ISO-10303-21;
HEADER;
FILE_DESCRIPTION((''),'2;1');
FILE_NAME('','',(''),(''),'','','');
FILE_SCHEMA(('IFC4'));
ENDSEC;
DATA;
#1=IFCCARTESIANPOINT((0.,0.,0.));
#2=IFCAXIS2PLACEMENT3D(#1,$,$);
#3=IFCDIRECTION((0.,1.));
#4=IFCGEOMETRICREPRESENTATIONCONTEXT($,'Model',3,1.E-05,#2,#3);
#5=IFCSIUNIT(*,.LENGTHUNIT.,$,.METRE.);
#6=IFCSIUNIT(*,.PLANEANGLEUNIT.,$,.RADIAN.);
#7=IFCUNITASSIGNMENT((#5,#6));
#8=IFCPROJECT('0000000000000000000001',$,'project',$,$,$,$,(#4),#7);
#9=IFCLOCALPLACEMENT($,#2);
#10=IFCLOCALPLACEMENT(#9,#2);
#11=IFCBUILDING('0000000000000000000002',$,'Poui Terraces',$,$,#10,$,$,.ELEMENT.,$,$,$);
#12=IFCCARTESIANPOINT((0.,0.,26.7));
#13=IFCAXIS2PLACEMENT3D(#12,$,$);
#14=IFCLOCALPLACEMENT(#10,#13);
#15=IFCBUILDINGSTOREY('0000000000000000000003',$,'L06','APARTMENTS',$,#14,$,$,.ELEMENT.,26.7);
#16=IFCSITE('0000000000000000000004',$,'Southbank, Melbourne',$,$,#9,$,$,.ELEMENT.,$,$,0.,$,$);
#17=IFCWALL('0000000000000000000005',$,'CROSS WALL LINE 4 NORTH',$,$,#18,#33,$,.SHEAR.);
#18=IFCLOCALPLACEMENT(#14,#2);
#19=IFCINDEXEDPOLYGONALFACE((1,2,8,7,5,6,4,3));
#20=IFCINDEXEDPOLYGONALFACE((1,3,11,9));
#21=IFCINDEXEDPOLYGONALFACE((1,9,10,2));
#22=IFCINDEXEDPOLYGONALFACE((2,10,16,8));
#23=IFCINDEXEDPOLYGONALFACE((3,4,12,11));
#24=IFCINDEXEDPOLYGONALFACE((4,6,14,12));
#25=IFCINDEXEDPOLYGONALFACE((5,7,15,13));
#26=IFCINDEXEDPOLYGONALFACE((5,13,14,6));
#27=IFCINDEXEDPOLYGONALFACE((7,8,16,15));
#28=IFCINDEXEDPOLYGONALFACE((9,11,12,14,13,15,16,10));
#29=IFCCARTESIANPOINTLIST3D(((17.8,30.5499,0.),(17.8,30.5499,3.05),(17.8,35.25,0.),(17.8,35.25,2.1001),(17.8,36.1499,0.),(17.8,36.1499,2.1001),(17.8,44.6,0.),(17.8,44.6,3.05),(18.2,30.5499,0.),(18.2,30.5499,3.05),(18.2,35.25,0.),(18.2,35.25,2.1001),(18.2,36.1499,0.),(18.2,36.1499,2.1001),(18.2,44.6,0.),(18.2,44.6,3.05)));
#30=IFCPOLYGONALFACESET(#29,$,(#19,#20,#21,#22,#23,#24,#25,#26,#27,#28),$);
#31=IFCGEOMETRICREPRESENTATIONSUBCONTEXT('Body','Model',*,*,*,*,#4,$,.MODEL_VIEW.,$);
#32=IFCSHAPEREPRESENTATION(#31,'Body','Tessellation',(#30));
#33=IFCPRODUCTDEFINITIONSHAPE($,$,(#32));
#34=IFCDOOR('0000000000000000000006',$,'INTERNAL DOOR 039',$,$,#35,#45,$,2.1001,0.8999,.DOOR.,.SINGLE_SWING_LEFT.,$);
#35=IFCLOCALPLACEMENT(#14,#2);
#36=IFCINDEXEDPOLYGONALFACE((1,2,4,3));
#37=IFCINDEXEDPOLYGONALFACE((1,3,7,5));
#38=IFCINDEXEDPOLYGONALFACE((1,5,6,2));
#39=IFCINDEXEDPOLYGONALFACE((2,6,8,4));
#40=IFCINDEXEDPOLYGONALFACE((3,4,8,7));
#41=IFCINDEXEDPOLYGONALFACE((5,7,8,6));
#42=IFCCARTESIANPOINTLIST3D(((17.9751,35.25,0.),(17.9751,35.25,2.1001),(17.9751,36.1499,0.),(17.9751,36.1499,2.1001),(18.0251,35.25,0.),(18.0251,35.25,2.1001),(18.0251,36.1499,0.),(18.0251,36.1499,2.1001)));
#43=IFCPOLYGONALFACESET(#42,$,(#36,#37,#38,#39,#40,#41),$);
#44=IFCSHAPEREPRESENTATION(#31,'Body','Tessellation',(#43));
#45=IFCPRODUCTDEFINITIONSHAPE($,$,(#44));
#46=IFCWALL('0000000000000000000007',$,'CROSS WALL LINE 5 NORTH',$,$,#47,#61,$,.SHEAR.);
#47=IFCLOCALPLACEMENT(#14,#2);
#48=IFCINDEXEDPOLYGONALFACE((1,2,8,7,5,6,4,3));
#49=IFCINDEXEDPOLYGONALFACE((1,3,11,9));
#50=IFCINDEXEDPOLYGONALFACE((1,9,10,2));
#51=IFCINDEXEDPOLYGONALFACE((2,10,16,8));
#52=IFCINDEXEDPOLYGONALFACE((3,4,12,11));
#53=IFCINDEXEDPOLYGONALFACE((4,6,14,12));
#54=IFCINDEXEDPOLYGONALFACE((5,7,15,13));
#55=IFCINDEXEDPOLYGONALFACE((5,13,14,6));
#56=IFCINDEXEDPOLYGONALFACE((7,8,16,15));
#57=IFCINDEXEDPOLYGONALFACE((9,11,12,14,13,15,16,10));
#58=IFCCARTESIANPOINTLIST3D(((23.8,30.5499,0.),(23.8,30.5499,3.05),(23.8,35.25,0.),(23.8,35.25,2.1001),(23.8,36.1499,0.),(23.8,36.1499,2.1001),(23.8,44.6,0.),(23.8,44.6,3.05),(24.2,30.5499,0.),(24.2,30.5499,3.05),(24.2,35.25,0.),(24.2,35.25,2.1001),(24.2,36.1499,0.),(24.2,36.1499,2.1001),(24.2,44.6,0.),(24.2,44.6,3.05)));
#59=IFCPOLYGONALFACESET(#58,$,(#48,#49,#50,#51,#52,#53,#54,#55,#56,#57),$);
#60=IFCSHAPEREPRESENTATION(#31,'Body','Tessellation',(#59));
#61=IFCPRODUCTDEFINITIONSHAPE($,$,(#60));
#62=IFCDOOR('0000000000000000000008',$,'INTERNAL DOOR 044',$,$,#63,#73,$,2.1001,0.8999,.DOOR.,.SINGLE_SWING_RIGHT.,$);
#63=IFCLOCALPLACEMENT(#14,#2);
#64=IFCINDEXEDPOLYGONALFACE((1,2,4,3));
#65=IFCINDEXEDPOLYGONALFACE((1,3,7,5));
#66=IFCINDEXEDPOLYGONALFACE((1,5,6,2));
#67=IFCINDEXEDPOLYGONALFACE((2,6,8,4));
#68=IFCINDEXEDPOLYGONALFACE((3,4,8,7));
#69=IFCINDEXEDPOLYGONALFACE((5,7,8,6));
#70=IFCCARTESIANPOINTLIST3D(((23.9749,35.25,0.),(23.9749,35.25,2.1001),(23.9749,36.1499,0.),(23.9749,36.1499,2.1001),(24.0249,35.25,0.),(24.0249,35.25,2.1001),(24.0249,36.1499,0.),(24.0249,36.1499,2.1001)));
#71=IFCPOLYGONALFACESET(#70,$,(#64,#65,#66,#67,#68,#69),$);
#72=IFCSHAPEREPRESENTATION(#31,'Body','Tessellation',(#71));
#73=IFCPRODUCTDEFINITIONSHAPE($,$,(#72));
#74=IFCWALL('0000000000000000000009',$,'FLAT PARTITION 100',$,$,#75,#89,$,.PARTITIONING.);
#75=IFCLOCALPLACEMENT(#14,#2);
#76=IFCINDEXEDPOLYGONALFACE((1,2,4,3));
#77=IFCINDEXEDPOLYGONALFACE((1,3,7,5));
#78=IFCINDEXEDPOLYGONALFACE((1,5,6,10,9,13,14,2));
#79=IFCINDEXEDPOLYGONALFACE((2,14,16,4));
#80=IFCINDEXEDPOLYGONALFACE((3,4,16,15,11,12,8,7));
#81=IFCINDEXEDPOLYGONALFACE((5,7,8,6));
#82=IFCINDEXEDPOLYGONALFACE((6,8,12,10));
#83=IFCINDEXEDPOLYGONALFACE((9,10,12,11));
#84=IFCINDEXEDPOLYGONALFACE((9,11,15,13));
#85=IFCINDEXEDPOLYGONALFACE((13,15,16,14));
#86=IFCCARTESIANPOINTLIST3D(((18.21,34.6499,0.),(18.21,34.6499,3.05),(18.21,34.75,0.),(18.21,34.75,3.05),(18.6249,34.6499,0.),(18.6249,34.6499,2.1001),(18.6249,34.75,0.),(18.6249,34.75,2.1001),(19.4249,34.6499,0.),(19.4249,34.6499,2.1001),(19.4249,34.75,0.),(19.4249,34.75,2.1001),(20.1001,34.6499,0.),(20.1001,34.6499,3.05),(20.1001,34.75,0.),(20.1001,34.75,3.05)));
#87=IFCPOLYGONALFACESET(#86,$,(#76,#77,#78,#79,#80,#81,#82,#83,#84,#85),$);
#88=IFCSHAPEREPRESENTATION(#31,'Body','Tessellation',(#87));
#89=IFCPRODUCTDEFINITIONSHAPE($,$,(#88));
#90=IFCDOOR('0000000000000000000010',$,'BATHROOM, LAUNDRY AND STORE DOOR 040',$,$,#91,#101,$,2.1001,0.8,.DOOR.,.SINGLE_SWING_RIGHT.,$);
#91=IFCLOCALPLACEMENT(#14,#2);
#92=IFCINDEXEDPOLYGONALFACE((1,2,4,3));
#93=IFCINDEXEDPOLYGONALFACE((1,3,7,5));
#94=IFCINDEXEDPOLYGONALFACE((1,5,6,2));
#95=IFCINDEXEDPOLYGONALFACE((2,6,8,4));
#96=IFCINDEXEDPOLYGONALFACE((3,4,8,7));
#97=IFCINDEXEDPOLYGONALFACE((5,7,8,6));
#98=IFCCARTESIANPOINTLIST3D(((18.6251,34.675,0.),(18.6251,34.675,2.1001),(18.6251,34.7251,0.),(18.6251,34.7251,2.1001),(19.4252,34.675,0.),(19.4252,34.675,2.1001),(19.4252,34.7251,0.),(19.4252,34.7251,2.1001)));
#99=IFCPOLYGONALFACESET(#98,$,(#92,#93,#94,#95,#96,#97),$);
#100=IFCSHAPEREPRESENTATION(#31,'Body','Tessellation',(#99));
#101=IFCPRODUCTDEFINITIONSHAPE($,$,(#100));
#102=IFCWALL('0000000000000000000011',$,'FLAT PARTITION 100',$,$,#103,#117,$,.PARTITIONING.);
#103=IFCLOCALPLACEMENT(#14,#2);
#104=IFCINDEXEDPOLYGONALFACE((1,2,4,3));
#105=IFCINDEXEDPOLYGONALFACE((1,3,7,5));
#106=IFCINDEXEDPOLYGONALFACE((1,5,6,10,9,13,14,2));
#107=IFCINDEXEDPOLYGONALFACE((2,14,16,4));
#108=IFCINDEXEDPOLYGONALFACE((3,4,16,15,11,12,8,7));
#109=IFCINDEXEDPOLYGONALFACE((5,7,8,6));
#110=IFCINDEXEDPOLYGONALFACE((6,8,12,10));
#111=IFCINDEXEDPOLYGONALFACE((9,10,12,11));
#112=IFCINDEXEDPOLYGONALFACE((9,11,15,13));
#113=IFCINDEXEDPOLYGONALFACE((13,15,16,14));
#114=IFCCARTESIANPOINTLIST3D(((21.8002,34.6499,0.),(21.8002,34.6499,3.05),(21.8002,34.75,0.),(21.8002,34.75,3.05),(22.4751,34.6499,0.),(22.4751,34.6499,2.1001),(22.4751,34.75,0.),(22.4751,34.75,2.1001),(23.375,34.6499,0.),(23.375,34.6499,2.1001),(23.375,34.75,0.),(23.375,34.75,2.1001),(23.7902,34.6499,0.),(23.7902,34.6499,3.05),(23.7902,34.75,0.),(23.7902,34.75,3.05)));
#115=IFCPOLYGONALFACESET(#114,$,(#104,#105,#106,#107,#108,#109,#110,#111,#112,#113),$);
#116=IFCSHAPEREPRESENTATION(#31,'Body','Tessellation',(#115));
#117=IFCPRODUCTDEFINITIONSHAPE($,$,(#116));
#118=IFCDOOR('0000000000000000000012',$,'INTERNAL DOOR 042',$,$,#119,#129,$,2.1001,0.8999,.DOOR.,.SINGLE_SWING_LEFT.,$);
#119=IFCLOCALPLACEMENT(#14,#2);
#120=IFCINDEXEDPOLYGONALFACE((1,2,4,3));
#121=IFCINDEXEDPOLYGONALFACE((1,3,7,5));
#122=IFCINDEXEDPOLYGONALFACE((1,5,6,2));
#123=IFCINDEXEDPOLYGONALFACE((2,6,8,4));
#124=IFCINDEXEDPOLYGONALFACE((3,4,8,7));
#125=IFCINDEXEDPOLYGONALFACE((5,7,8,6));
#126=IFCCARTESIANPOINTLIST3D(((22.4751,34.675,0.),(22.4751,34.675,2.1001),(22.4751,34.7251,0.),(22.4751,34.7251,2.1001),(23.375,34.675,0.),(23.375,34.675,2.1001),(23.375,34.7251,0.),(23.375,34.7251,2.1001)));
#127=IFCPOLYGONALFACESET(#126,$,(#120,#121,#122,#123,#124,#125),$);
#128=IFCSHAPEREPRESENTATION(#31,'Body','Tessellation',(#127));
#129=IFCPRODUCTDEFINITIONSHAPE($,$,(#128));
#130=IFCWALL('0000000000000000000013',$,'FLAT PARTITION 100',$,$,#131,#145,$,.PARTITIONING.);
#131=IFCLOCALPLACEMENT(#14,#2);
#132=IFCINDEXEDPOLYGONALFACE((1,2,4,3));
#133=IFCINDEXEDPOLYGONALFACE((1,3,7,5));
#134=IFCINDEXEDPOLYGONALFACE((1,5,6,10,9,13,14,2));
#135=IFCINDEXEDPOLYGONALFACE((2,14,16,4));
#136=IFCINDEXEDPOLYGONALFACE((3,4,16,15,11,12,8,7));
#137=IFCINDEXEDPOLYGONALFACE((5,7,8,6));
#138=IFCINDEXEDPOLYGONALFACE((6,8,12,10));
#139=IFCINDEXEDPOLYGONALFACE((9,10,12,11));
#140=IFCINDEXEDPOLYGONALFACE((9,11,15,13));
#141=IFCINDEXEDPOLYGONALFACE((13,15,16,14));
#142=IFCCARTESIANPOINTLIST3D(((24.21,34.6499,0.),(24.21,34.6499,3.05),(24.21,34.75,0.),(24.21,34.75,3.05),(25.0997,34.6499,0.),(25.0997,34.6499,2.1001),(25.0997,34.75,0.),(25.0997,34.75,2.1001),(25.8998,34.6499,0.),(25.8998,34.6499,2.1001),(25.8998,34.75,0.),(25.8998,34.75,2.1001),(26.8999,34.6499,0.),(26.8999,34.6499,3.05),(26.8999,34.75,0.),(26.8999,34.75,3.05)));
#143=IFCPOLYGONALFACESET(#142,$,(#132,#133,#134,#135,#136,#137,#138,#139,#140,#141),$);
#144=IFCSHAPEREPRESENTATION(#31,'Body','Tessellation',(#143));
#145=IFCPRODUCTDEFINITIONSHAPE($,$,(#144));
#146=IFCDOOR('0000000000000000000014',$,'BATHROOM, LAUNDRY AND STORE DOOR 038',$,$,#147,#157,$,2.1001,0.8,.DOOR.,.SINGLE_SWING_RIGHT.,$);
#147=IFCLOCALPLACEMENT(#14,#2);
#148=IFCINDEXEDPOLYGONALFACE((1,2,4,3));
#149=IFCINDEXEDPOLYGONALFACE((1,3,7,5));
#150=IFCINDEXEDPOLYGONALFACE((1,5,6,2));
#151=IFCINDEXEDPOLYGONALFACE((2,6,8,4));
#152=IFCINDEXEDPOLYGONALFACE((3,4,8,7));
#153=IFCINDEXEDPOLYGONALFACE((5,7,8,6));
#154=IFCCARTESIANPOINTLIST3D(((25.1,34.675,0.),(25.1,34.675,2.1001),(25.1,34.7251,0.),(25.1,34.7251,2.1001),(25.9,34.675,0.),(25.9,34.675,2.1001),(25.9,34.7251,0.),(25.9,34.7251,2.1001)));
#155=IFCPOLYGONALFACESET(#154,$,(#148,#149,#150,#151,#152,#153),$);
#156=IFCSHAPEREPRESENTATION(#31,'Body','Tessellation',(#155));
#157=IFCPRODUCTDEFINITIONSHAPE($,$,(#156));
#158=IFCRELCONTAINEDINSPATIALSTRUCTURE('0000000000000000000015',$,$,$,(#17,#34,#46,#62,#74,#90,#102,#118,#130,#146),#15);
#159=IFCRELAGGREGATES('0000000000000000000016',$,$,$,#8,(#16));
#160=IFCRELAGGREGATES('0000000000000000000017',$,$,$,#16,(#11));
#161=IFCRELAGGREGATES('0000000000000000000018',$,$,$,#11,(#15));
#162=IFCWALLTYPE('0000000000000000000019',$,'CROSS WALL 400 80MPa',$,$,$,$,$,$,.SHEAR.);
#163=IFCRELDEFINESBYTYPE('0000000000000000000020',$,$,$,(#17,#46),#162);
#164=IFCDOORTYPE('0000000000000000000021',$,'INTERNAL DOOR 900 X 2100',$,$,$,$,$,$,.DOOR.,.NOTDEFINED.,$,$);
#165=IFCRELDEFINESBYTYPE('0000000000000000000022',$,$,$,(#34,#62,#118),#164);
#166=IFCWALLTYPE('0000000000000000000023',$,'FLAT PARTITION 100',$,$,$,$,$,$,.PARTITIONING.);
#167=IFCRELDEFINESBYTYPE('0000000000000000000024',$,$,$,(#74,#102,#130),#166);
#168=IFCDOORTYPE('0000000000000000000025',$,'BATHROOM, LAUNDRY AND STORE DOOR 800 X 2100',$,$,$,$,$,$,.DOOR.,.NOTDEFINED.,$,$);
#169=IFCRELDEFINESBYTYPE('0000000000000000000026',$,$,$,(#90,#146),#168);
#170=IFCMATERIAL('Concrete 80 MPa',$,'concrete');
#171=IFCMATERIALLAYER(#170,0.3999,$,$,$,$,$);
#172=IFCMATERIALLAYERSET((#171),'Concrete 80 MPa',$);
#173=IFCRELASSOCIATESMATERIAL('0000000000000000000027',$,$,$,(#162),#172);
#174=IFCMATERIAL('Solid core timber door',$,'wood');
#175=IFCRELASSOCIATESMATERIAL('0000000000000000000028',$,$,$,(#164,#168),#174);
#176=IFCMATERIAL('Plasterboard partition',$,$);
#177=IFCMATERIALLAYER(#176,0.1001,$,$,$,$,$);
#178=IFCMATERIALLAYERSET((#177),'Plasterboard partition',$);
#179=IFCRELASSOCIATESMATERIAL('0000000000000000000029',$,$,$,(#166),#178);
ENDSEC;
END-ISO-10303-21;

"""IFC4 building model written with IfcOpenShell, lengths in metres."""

from ifc_helpers import new_model, si_unit, direction, frame, frame_2d, origin, place, context, subcontext, project, spatial, rectangle, extrude, material, layer, layer_set, type_object, element, fill, save


model = new_model("IFC4")

# Units and contexts
model_context = context("Model", 3, precision=1e-05, world=origin(), true_north=direction((0.0, 1.0)))
body_context = subcontext(model_context, "Body", "Model", "MODEL_VIEW")
ifc_project = project(units=[si_unit("LENGTHUNIT", "METRE"), si_unit("PLANEANGLEUNIT", "RADIAN")], contexts=[model_context])

# Site, building, storey
site_placement = place(None, origin())
site = spatial("IfcSite", under=ifc_project, at=site_placement, Name="Southbank, Melbourne", CompositionType="ELEMENT", RefElevation=0.0)
building_placement = place(site_placement, origin())
building = spatial("IfcBuilding", under=site, at=building_placement, Name="Poui Terraces", CompositionType="ELEMENT")
storey_placement = place(building_placement, frame((0.0, 0.0, 26.7)))
storey = spatial("IfcBuildingStorey", under=building, at=storey_placement, Name="L06", Description="APARTMENTS", CompositionType="ELEMENT", Elevation=26.7)

# Walls, openings, doors
ifc_material_1 = material(Name="Concrete 80 MPa", Category="concrete")
ifc_layer_1 = layer(ifc_material_1, 0.3999)
ifc_layer_set_1 = layer_set([ifc_layer_1], Name="Concrete 80 MPa")
wall_type_1 = type_object("IfcWallType", Name="CROSS WALL 400 80MPa", PredefinedType="SHEAR", material=ifc_layer_set_1)
wall_1_placement = place(storey_placement, frame((18.0, 30.55, 0.0), z_axis=(0.0, 0.0, 1.0), x_axis=(0.0, 1.0, 0.0)))
wall_1 = element("IfcWall", 1, at=wall_1_placement, inside=storey, type_object=wall_type_1, Name="CROSS WALL LINE 4 NORTH", PredefinedType="SHEAR", context=body_context, shape_type="SweptSolid", body=[
    extrude(rectangle(XDim=14.05, YDim=0.3999, at=frame_2d((7.0249, 0.0))), origin(), (0.0, 0.0, 1.0), 3.05),
])
opening_1_placement = place(wall_1_placement, frame((4.7, 0.0, 0.0)))
opening_1 = element("IfcOpeningElement", 2, at=opening_1_placement, cuts=wall_1, PredefinedType="OPENING", context=body_context, shape_type="SweptSolid", body=[
    extrude(rectangle(XDim=0.8999, YDim=2.1001, at=frame_2d((0.45, 1.05))), frame((0.0, 0.21, 0.0), z_axis=(0.0, -1.0, 0.0), x_axis=(1.0, 0.0, 0.0)), (0.0, 0.0, 1.0), 0.4199),
])
ifc_material_2 = material(Name="Solid core timber door", Category="wood")
door_type_1 = type_object("IfcDoorType", Name="INTERNAL DOOR 900 X 2100", OperationType="NOTDEFINED", PredefinedType="DOOR", material=ifc_material_2)
door_1_placement = place(opening_1_placement, origin())
door_1 = element("IfcDoor", 3, at=door_1_placement, inside=storey, type_object=door_type_1, Name="INTERNAL DOOR 039", OperationType="SINGLE_SWING_LEFT", OverallHeight=2.1001, OverallWidth=0.8999, PredefinedType="DOOR", context=body_context, shape_type="SweptSolid", body=[
    extrude(rectangle(XDim=0.8999, YDim=2.1001, at=frame_2d((0.45, 1.05))), frame((0.0, 0.0249, 0.0), z_axis=(0.0, -1.0, 0.0), x_axis=(1.0, 0.0, 0.0)), (0.0, 0.0, 1.0), 0.05),
])
fill(opening_1, door_1)
wall_2_placement = place(storey_placement, frame((24.0, 30.55, 0.0), z_axis=(0.0, 0.0, 1.0), x_axis=(0.0, 1.0, 0.0)))
wall_2 = element("IfcWall", 4, at=wall_2_placement, inside=storey, type_object=wall_type_1, Name="CROSS WALL LINE 5 NORTH", PredefinedType="SHEAR", context=body_context, shape_type="SweptSolid", body=[
    extrude(rectangle(XDim=14.05, YDim=0.3999, at=frame_2d((7.0249, 0.0))), origin(), (0.0, 0.0, 1.0), 3.05),
])
opening_2_placement = place(wall_2_placement, frame((4.7, 0.0, 0.0)))
opening_2 = element("IfcOpeningElement", 5, at=opening_2_placement, cuts=wall_2, PredefinedType="OPENING", context=body_context, shape_type="SweptSolid", body=[
    extrude(rectangle(XDim=0.8999, YDim=2.1001, at=frame_2d((0.45, 1.05))), frame((0.0, 0.21, 0.0), z_axis=(0.0, -1.0, 0.0), x_axis=(1.0, 0.0, 0.0)), (0.0, 0.0, 1.0), 0.4199),
])
door_2_placement = place(opening_2_placement, frame((0.8999, 0.0, 0.0), z_axis=(0.0, 0.0, 1.0), x_axis=(-1.0, 0.0, 0.0)))
door_2 = element("IfcDoor", 6, at=door_2_placement, inside=storey, type_object=door_type_1, Name="INTERNAL DOOR 044", OperationType="SINGLE_SWING_RIGHT", OverallHeight=2.1001, OverallWidth=0.8999, PredefinedType="DOOR", context=body_context, shape_type="SweptSolid", body=[
    extrude(rectangle(XDim=0.8999, YDim=2.1001, at=frame_2d((0.45, 1.05))), frame((0.0, 0.0249, 0.0), z_axis=(0.0, -1.0, 0.0), x_axis=(1.0, 0.0, 0.0)), (0.0, 0.0, 1.0), 0.05),
])
fill(opening_2, door_2)
ifc_material_3 = material(Name="Plasterboard partition")
ifc_layer_2 = layer(ifc_material_3, 0.1001)
ifc_layer_set_2 = layer_set([ifc_layer_2], Name="Plasterboard partition")
wall_type_2 = type_object("IfcWallType", Name="FLAT PARTITION 100", PredefinedType="PARTITIONING", material=ifc_layer_set_2)
wall_3_placement = place(storey_placement, frame((18.21, 34.7, 0.0), z_axis=(0.0, 0.0, 1.0), x_axis=(1.0, 0.0, 0.0)))
wall_3 = element("IfcWall", 7, at=wall_3_placement, inside=storey, type_object=wall_type_2, Name="FLAT PARTITION 100", PredefinedType="PARTITIONING", context=body_context, shape_type="SweptSolid", body=[
    extrude(rectangle(XDim=1.8901, YDim=0.1001, at=frame_2d((0.9451, 0.0))), origin(), (0.0, 0.0, 1.0), 3.05),
])
opening_3_placement = place(wall_3_placement, frame((0.415, 0.0, 0.0)))
opening_3 = element("IfcOpeningElement", 8, at=opening_3_placement, cuts=wall_3, PredefinedType="OPENING", context=body_context, shape_type="SweptSolid", body=[
    extrude(rectangle(XDim=0.8, YDim=2.1001, at=frame_2d((0.3999, 1.05))), frame((0.0, 0.0601, 0.0), z_axis=(0.0, -1.0, 0.0), x_axis=(1.0, 0.0, 0.0)), (0.0, 0.0, 1.0), 0.1201),
])
door_type_2 = type_object("IfcDoorType", Name="BATHROOM, LAUNDRY AND STORE DOOR 800 X 2100", OperationType="NOTDEFINED", PredefinedType="DOOR", material=ifc_material_2)
door_3_placement = place(opening_3_placement, frame((0.8, 0.0, 0.0), z_axis=(0.0, 0.0, 1.0), x_axis=(-1.0, 0.0, 0.0)))
door_3 = element("IfcDoor", 9, at=door_3_placement, inside=storey, type_object=door_type_2, Name="BATHROOM, LAUNDRY AND STORE DOOR 040", OperationType="SINGLE_SWING_RIGHT", OverallHeight=2.1001, OverallWidth=0.8, PredefinedType="DOOR", context=body_context, shape_type="SweptSolid", body=[
    extrude(rectangle(XDim=0.8, YDim=2.1001, at=frame_2d((0.3999, 1.05))), frame((0.0, 0.0249, 0.0), z_axis=(0.0, -1.0, 0.0), x_axis=(1.0, 0.0, 0.0)), (0.0, 0.0, 1.0), 0.05),
])
fill(opening_3, door_3)
wall_4_placement = place(storey_placement, frame((21.8, 34.7, 0.0), z_axis=(0.0, 0.0, 1.0), x_axis=(1.0, 0.0, 0.0)))
wall_4 = element("IfcWall", 10, at=wall_4_placement, inside=storey, type_object=wall_type_2, Name="FLAT PARTITION 100", PredefinedType="PARTITIONING", context=body_context, shape_type="SweptSolid", body=[
    extrude(rectangle(XDim=1.99, YDim=0.1001, at=frame_2d((0.9951, 0.0))), origin(), (0.0, 0.0, 1.0), 3.05),
])
opening_4_placement = place(wall_4_placement, frame((0.675, 0.0, 0.0)))
opening_4 = element("IfcOpeningElement", 11, at=opening_4_placement, cuts=wall_4, PredefinedType="OPENING", context=body_context, shape_type="SweptSolid", body=[
    extrude(rectangle(XDim=0.8999, YDim=2.1001, at=frame_2d((0.45, 1.05))), frame((0.0, 0.0601, 0.0), z_axis=(0.0, -1.0, 0.0), x_axis=(1.0, 0.0, 0.0)), (0.0, 0.0, 1.0), 0.1201),
])
door_4_placement = place(opening_4_placement, frame((0.8999, 0.0, 0.0), z_axis=(0.0, 0.0, 1.0), x_axis=(-1.0, 0.0, 0.0)))
door_4 = element("IfcDoor", 12, at=door_4_placement, inside=storey, type_object=door_type_1, Name="INTERNAL DOOR 042", OperationType="SINGLE_SWING_LEFT", OverallHeight=2.1001, OverallWidth=0.8999, PredefinedType="DOOR", context=body_context, shape_type="SweptSolid", body=[
    extrude(rectangle(XDim=0.8999, YDim=2.1001, at=frame_2d((0.45, 1.05))), frame((0.0, 0.0249, 0.0), z_axis=(0.0, -1.0, 0.0), x_axis=(1.0, 0.0, 0.0)), (0.0, 0.0, 1.0), 0.05),
])
fill(opening_4, door_4)
wall_5_placement = place(storey_placement, frame((24.21, 34.7, 0.0), z_axis=(0.0, 0.0, 1.0), x_axis=(1.0, 0.0, 0.0)))
wall_5 = element("IfcWall", 13, at=wall_5_placement, inside=storey, type_object=wall_type_2, Name="FLAT PARTITION 100", PredefinedType="PARTITIONING", context=body_context, shape_type="SweptSolid", body=[
    extrude(rectangle(XDim=2.6899, YDim=0.1001, at=frame_2d((1.345, 0.0))), origin(), (0.0, 0.0, 1.0), 3.05),
])
opening_5_placement = place(wall_5_placement, frame((0.8899, 0.0, 0.0)))
opening_5 = element("IfcOpeningElement", 14, at=opening_5_placement, cuts=wall_5, PredefinedType="OPENING", context=body_context, shape_type="SweptSolid", body=[
    extrude(rectangle(XDim=0.8, YDim=2.1001, at=frame_2d((0.3999, 1.05))), frame((0.0, 0.0601, 0.0), z_axis=(0.0, -1.0, 0.0), x_axis=(1.0, 0.0, 0.0)), (0.0, 0.0, 1.0), 0.1201),
])
door_5_placement = place(opening_5_placement, frame((0.8, 0.0, 0.0), z_axis=(0.0, 0.0, 1.0), x_axis=(-1.0, 0.0, 0.0)))
door_5 = element("IfcDoor", 15, at=door_5_placement, inside=storey, type_object=door_type_2, Name="BATHROOM, LAUNDRY AND STORE DOOR 038", OperationType="SINGLE_SWING_RIGHT", OverallHeight=2.1001, OverallWidth=0.8, PredefinedType="DOOR", context=body_context, shape_type="SweptSolid", body=[
    extrude(rectangle(XDim=0.8, YDim=2.1001, at=frame_2d((0.3999, 1.05))), frame((0.0, 0.0249, 0.0), z_axis=(0.0, -1.0, 0.0), x_axis=(1.0, 0.0, 0.0)), (0.0, 0.0, 1.0), 0.05),
])
fill(opening_5, door_5)

save(model, "model.ifc")
